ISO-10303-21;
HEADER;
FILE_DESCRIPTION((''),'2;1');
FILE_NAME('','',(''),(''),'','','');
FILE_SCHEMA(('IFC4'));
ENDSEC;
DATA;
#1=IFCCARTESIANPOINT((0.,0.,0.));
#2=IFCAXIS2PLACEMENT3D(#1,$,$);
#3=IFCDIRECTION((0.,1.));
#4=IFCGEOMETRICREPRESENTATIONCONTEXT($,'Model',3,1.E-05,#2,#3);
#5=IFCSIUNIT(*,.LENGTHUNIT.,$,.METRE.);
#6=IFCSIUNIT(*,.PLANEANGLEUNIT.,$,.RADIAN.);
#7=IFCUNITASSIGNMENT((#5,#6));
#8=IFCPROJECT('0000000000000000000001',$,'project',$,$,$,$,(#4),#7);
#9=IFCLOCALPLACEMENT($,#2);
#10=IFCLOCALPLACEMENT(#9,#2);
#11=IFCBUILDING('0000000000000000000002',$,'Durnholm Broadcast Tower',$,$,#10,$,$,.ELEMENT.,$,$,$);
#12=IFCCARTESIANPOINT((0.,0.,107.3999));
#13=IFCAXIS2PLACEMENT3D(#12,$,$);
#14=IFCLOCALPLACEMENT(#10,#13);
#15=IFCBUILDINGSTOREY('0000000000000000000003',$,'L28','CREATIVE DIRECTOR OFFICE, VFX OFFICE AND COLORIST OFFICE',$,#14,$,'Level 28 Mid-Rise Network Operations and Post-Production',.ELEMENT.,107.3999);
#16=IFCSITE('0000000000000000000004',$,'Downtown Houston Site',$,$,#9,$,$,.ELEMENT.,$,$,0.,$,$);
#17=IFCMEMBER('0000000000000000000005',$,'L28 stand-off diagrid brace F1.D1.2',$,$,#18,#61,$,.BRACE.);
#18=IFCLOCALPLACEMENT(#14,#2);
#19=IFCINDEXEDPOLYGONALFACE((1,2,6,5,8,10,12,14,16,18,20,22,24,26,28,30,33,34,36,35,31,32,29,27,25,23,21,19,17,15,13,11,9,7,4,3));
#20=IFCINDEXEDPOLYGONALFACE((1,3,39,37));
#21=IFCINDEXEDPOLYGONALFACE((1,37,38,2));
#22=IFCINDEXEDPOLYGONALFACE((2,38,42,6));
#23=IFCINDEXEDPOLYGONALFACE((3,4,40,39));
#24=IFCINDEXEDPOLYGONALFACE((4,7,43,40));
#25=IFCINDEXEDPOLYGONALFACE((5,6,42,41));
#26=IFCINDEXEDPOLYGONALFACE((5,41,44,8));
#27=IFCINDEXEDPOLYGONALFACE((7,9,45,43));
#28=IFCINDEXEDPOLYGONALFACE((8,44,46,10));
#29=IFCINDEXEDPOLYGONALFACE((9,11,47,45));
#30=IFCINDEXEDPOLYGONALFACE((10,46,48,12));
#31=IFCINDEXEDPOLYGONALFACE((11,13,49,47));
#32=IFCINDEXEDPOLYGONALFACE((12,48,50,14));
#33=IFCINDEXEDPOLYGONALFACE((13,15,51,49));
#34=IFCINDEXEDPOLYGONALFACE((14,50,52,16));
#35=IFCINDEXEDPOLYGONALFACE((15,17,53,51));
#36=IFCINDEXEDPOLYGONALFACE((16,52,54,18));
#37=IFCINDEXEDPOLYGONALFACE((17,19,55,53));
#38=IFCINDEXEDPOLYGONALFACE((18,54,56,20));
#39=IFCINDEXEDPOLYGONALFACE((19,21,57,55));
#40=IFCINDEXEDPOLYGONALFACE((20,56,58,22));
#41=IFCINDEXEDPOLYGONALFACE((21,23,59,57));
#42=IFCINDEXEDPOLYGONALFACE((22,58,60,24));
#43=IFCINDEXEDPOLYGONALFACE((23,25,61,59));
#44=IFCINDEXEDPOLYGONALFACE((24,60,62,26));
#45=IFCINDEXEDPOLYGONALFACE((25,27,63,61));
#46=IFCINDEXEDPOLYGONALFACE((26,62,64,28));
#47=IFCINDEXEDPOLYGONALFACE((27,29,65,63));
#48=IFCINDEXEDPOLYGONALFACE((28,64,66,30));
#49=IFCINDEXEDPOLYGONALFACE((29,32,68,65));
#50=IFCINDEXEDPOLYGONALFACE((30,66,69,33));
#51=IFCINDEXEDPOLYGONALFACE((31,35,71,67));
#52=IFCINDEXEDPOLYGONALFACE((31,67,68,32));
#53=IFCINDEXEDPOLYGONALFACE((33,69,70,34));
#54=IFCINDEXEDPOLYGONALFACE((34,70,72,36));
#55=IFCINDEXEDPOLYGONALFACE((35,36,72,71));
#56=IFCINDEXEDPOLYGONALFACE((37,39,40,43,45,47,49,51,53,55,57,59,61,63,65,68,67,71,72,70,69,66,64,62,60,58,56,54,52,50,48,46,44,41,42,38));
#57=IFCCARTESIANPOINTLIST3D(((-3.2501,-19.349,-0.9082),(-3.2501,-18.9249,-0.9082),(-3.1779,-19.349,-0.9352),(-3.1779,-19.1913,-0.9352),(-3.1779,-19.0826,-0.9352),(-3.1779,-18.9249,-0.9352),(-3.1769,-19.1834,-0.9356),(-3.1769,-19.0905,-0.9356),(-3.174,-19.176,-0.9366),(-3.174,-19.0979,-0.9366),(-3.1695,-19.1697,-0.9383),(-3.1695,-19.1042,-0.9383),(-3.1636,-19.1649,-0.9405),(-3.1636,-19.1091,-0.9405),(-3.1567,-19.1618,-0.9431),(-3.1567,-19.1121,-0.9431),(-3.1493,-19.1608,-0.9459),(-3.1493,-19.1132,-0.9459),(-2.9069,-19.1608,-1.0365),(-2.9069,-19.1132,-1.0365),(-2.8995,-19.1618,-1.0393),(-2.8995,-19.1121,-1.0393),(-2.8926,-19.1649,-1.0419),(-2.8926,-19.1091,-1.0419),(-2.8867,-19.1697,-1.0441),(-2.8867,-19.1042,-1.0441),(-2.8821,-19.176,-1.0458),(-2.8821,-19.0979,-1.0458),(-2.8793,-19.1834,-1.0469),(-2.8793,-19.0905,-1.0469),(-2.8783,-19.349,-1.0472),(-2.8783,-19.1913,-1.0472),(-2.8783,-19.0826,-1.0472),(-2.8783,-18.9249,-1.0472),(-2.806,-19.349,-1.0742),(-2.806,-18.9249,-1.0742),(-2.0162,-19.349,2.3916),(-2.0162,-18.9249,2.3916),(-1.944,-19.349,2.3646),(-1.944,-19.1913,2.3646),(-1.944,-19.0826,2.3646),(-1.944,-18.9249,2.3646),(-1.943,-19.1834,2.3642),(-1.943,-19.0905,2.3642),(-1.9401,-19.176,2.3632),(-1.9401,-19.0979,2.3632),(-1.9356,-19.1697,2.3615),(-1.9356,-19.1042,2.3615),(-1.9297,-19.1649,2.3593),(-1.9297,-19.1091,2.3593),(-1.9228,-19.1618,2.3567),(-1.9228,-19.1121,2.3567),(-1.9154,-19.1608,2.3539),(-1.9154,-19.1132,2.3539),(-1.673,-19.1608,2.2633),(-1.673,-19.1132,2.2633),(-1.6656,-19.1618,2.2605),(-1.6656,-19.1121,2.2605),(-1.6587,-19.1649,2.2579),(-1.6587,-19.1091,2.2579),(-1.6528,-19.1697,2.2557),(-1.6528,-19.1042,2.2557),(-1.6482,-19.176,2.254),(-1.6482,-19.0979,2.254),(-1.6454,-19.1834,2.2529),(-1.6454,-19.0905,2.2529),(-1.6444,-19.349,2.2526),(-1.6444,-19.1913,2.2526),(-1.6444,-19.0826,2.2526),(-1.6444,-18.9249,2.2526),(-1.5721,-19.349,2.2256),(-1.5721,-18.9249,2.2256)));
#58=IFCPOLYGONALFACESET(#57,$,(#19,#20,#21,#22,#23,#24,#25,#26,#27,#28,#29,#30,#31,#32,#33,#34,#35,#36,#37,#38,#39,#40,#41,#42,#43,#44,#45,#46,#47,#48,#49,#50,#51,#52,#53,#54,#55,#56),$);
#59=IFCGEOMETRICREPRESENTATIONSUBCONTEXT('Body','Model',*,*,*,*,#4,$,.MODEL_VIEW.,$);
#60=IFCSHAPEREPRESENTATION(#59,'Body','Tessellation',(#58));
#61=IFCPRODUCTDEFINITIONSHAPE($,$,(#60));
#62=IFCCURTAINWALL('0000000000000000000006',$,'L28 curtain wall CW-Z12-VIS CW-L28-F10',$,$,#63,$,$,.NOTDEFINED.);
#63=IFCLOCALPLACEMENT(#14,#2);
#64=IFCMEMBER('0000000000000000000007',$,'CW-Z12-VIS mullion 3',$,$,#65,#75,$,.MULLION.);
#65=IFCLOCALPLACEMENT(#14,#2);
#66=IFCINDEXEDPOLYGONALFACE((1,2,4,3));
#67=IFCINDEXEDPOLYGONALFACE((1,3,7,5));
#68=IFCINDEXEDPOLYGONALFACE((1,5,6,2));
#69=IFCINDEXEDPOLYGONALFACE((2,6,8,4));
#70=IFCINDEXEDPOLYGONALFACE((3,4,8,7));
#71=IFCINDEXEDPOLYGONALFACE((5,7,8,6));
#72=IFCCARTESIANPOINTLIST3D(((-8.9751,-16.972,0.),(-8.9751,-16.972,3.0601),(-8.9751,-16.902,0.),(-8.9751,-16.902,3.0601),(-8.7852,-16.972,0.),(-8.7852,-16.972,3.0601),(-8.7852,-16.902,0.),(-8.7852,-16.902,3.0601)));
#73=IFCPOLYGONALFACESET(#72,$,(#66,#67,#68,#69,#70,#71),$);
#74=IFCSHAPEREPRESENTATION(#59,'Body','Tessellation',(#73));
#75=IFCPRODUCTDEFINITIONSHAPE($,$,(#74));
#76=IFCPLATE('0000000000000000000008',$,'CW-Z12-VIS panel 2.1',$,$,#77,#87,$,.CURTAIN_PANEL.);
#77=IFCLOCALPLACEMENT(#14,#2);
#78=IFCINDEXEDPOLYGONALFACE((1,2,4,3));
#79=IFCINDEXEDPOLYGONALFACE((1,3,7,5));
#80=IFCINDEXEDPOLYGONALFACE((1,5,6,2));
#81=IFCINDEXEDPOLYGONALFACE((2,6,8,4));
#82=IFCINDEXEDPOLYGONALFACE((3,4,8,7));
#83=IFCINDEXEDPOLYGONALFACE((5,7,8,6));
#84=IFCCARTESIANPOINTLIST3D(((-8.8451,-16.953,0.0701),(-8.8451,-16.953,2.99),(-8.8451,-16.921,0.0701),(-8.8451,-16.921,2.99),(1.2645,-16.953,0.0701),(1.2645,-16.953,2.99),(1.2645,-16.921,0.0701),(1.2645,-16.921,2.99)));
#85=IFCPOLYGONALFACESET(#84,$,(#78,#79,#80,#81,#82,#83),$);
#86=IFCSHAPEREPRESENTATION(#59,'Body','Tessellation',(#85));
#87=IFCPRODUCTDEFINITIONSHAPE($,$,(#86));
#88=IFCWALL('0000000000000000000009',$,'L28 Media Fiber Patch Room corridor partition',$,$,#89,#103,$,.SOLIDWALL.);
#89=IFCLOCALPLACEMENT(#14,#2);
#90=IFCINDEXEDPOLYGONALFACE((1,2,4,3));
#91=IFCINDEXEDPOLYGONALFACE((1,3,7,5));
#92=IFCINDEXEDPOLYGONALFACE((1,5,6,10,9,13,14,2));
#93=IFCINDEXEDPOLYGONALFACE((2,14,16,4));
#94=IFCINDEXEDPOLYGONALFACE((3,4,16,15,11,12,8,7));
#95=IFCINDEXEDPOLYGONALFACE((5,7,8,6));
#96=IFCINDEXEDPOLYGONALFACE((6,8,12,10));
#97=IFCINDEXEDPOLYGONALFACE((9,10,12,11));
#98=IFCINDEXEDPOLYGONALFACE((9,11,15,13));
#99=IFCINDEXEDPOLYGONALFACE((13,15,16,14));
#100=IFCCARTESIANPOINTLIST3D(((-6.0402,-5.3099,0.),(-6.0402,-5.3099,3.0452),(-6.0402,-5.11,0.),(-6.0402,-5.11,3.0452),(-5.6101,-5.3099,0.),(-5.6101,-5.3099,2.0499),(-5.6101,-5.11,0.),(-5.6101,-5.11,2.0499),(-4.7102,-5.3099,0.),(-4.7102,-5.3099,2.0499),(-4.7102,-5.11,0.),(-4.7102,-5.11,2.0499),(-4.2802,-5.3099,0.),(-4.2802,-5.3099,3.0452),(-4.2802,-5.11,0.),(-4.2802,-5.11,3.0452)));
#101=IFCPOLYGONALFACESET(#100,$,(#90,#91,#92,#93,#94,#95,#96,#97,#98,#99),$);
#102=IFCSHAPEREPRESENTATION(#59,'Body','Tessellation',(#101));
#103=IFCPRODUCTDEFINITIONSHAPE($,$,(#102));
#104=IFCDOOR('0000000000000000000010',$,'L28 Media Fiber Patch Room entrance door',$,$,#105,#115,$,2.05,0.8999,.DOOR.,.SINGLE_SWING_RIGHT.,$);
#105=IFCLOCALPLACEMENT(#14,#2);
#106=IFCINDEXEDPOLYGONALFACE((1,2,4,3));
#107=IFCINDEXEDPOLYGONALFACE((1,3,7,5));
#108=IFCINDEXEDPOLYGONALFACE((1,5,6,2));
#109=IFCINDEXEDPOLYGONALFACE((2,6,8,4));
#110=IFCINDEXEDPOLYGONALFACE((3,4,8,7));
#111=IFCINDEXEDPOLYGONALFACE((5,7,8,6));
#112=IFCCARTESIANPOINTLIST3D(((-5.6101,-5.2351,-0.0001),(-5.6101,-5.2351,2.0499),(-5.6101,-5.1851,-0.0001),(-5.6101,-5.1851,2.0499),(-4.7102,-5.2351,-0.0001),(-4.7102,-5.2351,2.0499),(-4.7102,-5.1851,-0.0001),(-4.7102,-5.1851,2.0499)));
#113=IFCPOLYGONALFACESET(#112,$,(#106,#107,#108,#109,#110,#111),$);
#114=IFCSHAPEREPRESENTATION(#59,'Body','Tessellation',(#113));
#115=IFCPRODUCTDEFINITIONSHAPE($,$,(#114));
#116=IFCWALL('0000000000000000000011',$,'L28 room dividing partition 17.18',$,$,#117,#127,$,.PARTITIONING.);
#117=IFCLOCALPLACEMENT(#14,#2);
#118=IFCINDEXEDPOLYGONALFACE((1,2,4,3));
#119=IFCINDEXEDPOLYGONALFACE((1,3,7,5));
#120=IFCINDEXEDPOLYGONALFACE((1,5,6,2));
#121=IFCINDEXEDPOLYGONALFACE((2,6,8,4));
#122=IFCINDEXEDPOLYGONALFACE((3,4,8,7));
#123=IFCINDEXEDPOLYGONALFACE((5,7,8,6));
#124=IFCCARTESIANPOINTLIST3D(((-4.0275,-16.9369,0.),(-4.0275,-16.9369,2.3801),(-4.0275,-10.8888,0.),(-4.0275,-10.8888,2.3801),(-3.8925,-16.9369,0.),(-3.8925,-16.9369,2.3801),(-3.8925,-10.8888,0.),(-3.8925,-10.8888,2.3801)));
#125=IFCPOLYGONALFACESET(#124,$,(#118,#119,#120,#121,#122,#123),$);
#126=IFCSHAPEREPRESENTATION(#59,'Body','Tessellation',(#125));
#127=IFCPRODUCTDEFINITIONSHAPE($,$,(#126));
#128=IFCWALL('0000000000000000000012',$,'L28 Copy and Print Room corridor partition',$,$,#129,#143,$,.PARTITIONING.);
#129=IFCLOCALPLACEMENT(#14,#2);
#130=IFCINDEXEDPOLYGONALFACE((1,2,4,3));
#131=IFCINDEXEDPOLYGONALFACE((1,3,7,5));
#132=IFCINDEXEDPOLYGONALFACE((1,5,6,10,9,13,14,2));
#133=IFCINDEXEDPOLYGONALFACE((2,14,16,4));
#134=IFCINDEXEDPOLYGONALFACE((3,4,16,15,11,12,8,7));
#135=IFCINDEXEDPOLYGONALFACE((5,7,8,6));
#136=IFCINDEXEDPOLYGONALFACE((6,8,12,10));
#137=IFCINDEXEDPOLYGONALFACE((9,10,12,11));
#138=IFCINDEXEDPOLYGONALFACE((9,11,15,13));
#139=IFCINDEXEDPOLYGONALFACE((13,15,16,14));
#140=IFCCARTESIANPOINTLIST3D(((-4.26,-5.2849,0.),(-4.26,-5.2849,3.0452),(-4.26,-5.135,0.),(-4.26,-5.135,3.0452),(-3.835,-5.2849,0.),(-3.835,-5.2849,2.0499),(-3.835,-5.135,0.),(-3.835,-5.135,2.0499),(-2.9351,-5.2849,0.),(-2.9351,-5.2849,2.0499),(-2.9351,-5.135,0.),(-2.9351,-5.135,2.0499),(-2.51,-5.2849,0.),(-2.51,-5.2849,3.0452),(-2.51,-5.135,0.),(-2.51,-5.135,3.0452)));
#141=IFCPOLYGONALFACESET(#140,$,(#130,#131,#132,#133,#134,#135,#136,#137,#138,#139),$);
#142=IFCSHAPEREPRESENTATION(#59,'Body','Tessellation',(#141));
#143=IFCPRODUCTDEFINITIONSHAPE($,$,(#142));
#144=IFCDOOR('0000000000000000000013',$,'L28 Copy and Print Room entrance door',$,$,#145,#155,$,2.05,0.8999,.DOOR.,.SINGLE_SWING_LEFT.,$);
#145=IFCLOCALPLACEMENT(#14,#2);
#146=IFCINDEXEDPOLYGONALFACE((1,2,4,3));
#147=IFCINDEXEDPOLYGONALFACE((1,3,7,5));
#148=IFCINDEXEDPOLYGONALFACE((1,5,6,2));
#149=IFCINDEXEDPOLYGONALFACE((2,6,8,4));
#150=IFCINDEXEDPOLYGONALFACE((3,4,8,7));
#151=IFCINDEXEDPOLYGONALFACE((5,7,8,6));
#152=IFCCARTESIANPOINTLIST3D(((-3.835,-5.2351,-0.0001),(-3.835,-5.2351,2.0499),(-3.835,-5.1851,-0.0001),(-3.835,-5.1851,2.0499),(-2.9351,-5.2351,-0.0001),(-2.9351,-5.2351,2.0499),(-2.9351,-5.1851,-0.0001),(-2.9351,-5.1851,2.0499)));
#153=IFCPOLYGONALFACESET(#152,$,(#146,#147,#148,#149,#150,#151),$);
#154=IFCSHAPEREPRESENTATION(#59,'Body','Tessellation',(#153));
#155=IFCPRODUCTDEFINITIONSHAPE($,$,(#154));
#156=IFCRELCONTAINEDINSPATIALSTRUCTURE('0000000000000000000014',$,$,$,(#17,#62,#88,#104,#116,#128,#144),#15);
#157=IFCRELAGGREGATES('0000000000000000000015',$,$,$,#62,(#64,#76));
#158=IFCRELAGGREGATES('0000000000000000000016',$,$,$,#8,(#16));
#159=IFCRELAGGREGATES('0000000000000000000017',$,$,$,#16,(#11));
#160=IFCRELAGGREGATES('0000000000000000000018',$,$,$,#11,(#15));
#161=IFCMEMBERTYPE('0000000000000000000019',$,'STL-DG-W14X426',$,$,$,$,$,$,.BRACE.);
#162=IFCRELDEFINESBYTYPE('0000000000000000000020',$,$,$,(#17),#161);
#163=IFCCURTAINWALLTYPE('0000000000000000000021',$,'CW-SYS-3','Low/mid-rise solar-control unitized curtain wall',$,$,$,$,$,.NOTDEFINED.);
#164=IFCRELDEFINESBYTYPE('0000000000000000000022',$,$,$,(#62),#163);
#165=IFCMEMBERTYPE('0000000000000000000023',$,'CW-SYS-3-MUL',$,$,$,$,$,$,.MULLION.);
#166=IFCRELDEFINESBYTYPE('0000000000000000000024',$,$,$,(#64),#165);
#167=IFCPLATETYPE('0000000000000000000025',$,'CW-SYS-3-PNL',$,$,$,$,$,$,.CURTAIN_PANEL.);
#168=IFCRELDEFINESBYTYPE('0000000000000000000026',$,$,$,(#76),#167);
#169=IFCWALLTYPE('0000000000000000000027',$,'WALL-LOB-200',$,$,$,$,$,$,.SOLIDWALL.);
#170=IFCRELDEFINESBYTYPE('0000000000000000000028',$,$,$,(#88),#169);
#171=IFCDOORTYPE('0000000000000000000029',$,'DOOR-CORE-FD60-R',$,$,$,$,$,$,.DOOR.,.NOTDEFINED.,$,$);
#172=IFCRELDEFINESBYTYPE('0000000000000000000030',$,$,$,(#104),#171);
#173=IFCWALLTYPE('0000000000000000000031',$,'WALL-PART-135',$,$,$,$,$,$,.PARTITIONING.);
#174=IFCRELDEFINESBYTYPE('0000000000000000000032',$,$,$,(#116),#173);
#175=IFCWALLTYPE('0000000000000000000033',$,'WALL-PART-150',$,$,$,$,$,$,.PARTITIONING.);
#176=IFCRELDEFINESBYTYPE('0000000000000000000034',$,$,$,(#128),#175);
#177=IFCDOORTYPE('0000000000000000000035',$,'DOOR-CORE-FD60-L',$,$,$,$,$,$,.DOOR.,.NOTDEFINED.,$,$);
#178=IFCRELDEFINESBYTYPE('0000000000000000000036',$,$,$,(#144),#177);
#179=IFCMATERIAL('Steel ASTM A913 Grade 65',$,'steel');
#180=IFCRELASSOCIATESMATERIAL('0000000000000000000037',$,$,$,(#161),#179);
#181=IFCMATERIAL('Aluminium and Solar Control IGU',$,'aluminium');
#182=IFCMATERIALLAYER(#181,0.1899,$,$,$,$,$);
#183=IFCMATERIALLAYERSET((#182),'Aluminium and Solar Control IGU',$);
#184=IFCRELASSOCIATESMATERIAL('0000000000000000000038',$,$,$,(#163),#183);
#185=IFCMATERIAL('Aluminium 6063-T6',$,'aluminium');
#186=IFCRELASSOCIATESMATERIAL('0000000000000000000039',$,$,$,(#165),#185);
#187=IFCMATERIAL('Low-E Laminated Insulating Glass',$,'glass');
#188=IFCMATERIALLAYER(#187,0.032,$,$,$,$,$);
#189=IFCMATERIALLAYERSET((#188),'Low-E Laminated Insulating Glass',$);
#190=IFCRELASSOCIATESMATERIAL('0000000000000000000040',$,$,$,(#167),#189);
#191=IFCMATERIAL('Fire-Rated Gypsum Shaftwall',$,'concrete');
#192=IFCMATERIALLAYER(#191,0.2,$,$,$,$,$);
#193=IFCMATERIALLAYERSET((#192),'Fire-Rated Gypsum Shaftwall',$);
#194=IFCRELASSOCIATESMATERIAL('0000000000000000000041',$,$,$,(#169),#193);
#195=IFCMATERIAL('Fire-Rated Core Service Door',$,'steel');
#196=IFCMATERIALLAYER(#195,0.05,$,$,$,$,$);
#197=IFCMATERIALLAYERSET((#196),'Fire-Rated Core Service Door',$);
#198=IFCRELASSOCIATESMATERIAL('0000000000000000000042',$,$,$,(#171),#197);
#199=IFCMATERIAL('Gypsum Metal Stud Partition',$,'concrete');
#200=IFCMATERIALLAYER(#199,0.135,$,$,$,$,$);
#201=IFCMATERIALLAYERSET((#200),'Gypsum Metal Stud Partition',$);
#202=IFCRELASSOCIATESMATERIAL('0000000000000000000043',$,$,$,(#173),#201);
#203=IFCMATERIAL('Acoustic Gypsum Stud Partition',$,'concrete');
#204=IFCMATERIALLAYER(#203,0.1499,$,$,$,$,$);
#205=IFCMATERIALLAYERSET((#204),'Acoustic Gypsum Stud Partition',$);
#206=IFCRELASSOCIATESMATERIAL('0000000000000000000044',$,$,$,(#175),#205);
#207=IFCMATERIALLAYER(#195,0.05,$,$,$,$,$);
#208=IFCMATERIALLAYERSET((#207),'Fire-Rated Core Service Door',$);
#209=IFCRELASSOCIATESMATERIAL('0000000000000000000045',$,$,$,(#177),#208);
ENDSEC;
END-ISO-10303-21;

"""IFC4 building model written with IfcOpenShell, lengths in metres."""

from ifc_helpers import new_model, si_unit, direction, frame, frame_2d, origin, origin_2d, place, context, subcontext, project, spatial, rectangle, i_section, extrude, source, transform, mapped, material, layer, layer_set, material_profile, profile_set, type_object, type_shapes, element, fill, aggregate, save


model = new_model("IFC4")

# Units and contexts
model_context = context("Model", 3, precision=1e-05, world=origin(), true_north=direction((0.0, 1.0)))
body_context = subcontext(model_context, "Body", "Model", "MODEL_VIEW")
ifc_project = project(units=[si_unit("LENGTHUNIT", "METRE"), si_unit("PLANEANGLEUNIT", "RADIAN")], contexts=[model_context])

# Site, building, storey
site_placement = place(None, origin())
site = spatial("IfcSite", under=ifc_project, at=site_placement, Name="Downtown Houston Site", CompositionType="ELEMENT", RefElevation=0.0)
building_placement = place(site_placement, origin())
building = spatial("IfcBuilding", under=site, at=building_placement, Name="Durnholm Broadcast Tower", CompositionType="ELEMENT")
storey_placement = place(building_placement, frame((0.0, 0.0, 107.3999)))
storey = spatial("IfcBuildingStorey", under=building, at=storey_placement, Name="L28", Description="CREATIVE DIRECTOR OFFICE, VFX OFFICE AND COLORIST OFFICE", LongName="Level 28 Mid-Rise Network Operations and Post-Production", CompositionType="ELEMENT", Elevation=107.3999)

# Member
ifc_material_1 = material(Name="Steel ASTM A913 Grade 65", Category="steel")
ifc_material_profile_1 = material_profile(ifc_material_1, i_section(OverallWidth=0.4241, OverallDepth=0.4741, WebThickness=0.0476, FlangeThickness=0.0771, FilletRadius=0.0305, at=origin_2d()), Name="W14X426")
ifc_profile_set_1 = profile_set([ifc_material_profile_1], Name="Steel ASTM A913 Grade 65")
member_type_1 = type_object("IfcMemberType", Name="STL-DG-W14X426", PredefinedType="BRACE", material=ifc_profile_set_1)
shared_shape_1 = source(origin(), body_context, "Body", "SweptSolid", [
    extrude(i_section(OverallWidth=0.4241, OverallDepth=0.4741, WebThickness=0.0476, FlangeThickness=0.0771, FilletRadius=0.0305, at=origin_2d()), origin(), (0.0, 0.0, 1.0), 3.5229),
])
type_shapes(member_type_1, [shared_shape_1])
for number, where, z_axis, x_axis, name in (
    (1, (-3.0281, -19.137, -0.9912), (0.350242, 0.0, 0.936659), (0.0, 1.0, 0.0), "L28 stand-off diagrid brace F1.D1.2"),
):
    element("IfcMember", number, at=place(storey_placement, frame(where, z_axis=z_axis, x_axis=x_axis)), inside=storey, type_object=member_type_1, Name=name, PredefinedType="BRACE", context=body_context, shape_type="MappedRepresentation", body=[
        mapped(shared_shape_1, transform((0.0, 0.0, 0.0), x_axis=(1.0, 0.0, 0.0), y_axis=(0.0, 1.0, 0.0), z_axis=(0.0, 0.0, 1.0), scale=1.0)),
    ])

# Curtain wall, member, plate
ifc_material_2 = material(Name="Aluminium and Solar Control IGU", Category="aluminium")
ifc_layer_1 = layer(ifc_material_2, 0.1899)
ifc_layer_set_1 = layer_set([ifc_layer_1], Name="Aluminium and Solar Control IGU")
curtain_wall_type = type_object("IfcCurtainWallType", Name="CW-SYS-3", Description="Low/mid-rise solar-control unitized curtain wall", PredefinedType="NOTDEFINED", material=ifc_layer_set_1)
curtain_wall_placement = place(storey_placement, origin())
curtain_wall = element("IfcCurtainWall", 2, at=curtain_wall_placement, inside=storey, type_object=curtain_wall_type, Name="L28 curtain wall CW-Z12-VIS CW-L28-F10", PredefinedType="NOTDEFINED")
ifc_material_3 = material(Name="Aluminium 6063-T6", Category="aluminium")
ifc_material_profile_2 = material_profile(ifc_material_3, rectangle(XDim=0.0701, YDim=0.1899, at=origin_2d()), Name="CWM70X190")
ifc_profile_set_2 = profile_set([ifc_material_profile_2], Name="Aluminium 6063-T6")
member_type_2 = type_object("IfcMemberType", Name="CW-SYS-3-MUL", PredefinedType="MULLION", material=ifc_profile_set_2)
shared_shape_2 = source(origin(), body_context, "Body", "SweptSolid", [
    extrude(rectangle(XDim=0.0701, YDim=0.1899, at=origin_2d()), origin(), (0.0, 0.0, 1.0), 3.0601),
])
type_shapes(member_type_2, [shared_shape_2])
member_placement = place(storey_placement, frame((-8.8801, -16.937, 0.0), z_axis=(0.0, 0.0, 1.0), x_axis=(0.0, -1.0, 0.0)))
member = element("IfcMember", 3, at=member_placement, type_object=member_type_2, Name="CW-Z12-VIS mullion 3", PredefinedType="MULLION", context=body_context, shape_type="MappedRepresentation", body=[
    mapped(shared_shape_2, transform((0.0, 0.0, 0.0), x_axis=(1.0, 0.0, 0.0), y_axis=(0.0, 1.0, 0.0), z_axis=(0.0, 0.0, 1.0), scale=1.0)),
])
ifc_material_4 = material(Name="Low-E Laminated Insulating Glass", Category="glass")
ifc_layer_2 = layer(ifc_material_4, 0.032)
ifc_layer_set_2 = layer_set([ifc_layer_2], Name="Low-E Laminated Insulating Glass")
plate_type = type_object("IfcPlateType", Name="CW-SYS-3-PNL", PredefinedType="CURTAIN_PANEL", material=ifc_layer_set_2)
shared_shape_3 = source(origin(), body_context, "Body", "SweptSolid", [
    extrude(rectangle(XDim=10.1096, YDim=0.032, at=origin_2d()), origin(), (0.0, 0.0, 1.0), 2.9199),
])
type_shapes(plate_type, [shared_shape_3])
plate_placement = place(storey_placement, frame((-3.7903, -16.937, 0.0701), z_axis=(0.0, 0.0, 1.0), x_axis=(-1.0, 0.0, 0.0)))
plate = element("IfcPlate", 4, at=plate_placement, type_object=plate_type, Name="CW-Z12-VIS panel 2.1", PredefinedType="CURTAIN_PANEL", context=body_context, shape_type="MappedRepresentation", body=[
    mapped(shared_shape_3, transform((0.0, 0.0, 0.0), x_axis=(1.0, 0.0, 0.0), y_axis=(0.0, 1.0, 0.0), z_axis=(0.0, 0.0, 1.0), scale=1.0)),
])
aggregate(curtain_wall, [member, plate])

# Wall, opening, door
ifc_material_5 = material(Name="Fire-Rated Gypsum Shaftwall", Category="concrete")
ifc_layer_3 = layer(ifc_material_5, 0.2)
ifc_layer_set_3 = layer_set([ifc_layer_3], Name="Fire-Rated Gypsum Shaftwall")
wall_type_1 = type_object("IfcWallType", Name="WALL-LOB-200", PredefinedType="SOLIDWALL", material=ifc_layer_set_3)
wall_1_placement = place(storey_placement, frame((-6.04, -5.21, 0.0), z_axis=(0.0, 0.0, 1.0), x_axis=(1.0, 0.0, 0.0)))
wall_1 = element("IfcWall", 5, at=wall_1_placement, inside=storey, type_object=wall_type_1, Name="L28 Media Fiber Patch Room corridor partition", PredefinedType="SOLIDWALL", context=body_context, shape_type="SweptSolid", body=[
    extrude(rectangle(XDim=1.76, YDim=0.2, at=frame_2d((0.8799, 0.0))), origin(), (0.0, 0.0, 1.0), 3.0452),
])
opening_1_placement = place(wall_1_placement, frame((0.4299, 0.0, 0.0)))
opening_1 = element("IfcOpeningElement", 6, at=opening_1_placement, cuts=wall_1, PredefinedType="OPENING", context=body_context, shape_type="SweptSolid", body=[
    extrude(rectangle(XDim=0.8999, YDim=2.05, at=frame_2d((0.45, 1.0249))), frame((0.0, 0.1099, 0.0), z_axis=(0.0, -1.0, 0.0), x_axis=(1.0, 0.0, 0.0)), (0.0, 0.0, 1.0), 0.22),
])
ifc_material_6 = material(Name="Fire-Rated Core Service Door", Category="steel")
ifc_layer_4 = layer(ifc_material_6, 0.05)
ifc_layer_set_4 = layer_set([ifc_layer_4], Name="Fire-Rated Core Service Door")
door_type_1 = type_object("IfcDoorType", Name="DOOR-CORE-FD60-R", OperationType="NOTDEFINED", PredefinedType="DOOR", material=ifc_layer_set_4)
shared_shape_4 = source(origin(), body_context, "Body", "SweptSolid", [
    extrude(rectangle(XDim=0.8999, YDim=2.05, at=frame_2d((0.45, 1.0249))), frame((0.0, 0.0249, 0.0), z_axis=(0.0, -1.0, 0.0), x_axis=(1.0, 0.0, 0.0)), (0.0, 0.0, 1.0), 0.05),
])
type_shapes(door_type_1, [shared_shape_4])
door_1_placement = place(opening_1_placement, origin())
door_1 = element("IfcDoor", 7, at=door_1_placement, inside=storey, type_object=door_type_1, Name="L28 Media Fiber Patch Room entrance door", OperationType="SINGLE_SWING_RIGHT", OverallHeight=2.05, OverallWidth=0.8999, PredefinedType="DOOR", context=body_context, shape_type="MappedRepresentation", body=[
    mapped(shared_shape_4, transform((0.0, 0.0, 0.0), x_axis=(1.0, 0.0, 0.0), y_axis=(0.0, 1.0, 0.0), z_axis=(0.0, 0.0, 1.0), scale=1.0)),
])
fill(opening_1, door_1)

# Wall
ifc_material_7 = material(Name="Gypsum Metal Stud Partition", Category="concrete")
ifc_layer_5 = layer(ifc_material_7, 0.135)
ifc_layer_set_5 = layer_set([ifc_layer_5], Name="Gypsum Metal Stud Partition")
wall_type_2 = type_object("IfcWallType", Name="WALL-PART-135", PredefinedType="PARTITIONING", material=ifc_layer_set_5)
wall_2_placement = place(storey_placement, frame((-3.96, -10.8889, 0.0), z_axis=(0.0, 0.0, 1.0), x_axis=(0.0, -1.0, 0.0)))
element("IfcWall", 8, at=wall_2_placement, inside=storey, type_object=wall_type_2, Name="L28 room dividing partition 17.18", PredefinedType="PARTITIONING", context=body_context, shape_type="SweptSolid", body=[
    extrude(rectangle(XDim=6.0481, YDim=0.135, at=frame_2d((3.0239, 0.0))), origin(), (0.0, 0.0, 1.0), 2.3801),
])

# Wall, opening, door
ifc_material_8 = material(Name="Acoustic Gypsum Stud Partition", Category="concrete")
ifc_layer_6 = layer(ifc_material_8, 0.1499)
ifc_layer_set_6 = layer_set([ifc_layer_6], Name="Acoustic Gypsum Stud Partition")
wall_type_3 = type_object("IfcWallType", Name="WALL-PART-150", PredefinedType="PARTITIONING", material=ifc_layer_set_6)
wall_3_placement = place(storey_placement, frame((-4.26, -5.21, 0.0), z_axis=(0.0, 0.0, 1.0), x_axis=(1.0, 0.0, 0.0)))
wall_3 = element("IfcWall", 9, at=wall_3_placement, inside=storey, type_object=wall_type_3, Name="L28 Copy and Print Room corridor partition", PredefinedType="PARTITIONING", context=body_context, shape_type="SweptSolid", body=[
    extrude(rectangle(XDim=1.75, YDim=0.1499, at=frame_2d((0.875, 0.0))), origin(), (0.0, 0.0, 1.0), 3.0452),
])
opening_2_placement = place(wall_3_placement, frame((0.425, 0.0, 0.0)))
opening_2 = element("IfcOpeningElement", 10, at=opening_2_placement, cuts=wall_3, PredefinedType="OPENING", context=body_context, shape_type="SweptSolid", body=[
    extrude(rectangle(XDim=0.8999, YDim=2.05, at=frame_2d((0.45, 1.0249))), frame((0.0, 0.085, 0.0), z_axis=(0.0, -1.0, 0.0), x_axis=(1.0, 0.0, 0.0)), (0.0, 0.0, 1.0), 0.1699),
])
ifc_layer_7 = layer(ifc_material_6, 0.05)
ifc_layer_set_7 = layer_set([ifc_layer_7], Name="Fire-Rated Core Service Door")
door_type_2 = type_object("IfcDoorType", Name="DOOR-CORE-FD60-L", OperationType="NOTDEFINED", PredefinedType="DOOR", material=ifc_layer_set_7)
shared_shape_5 = source(origin(), body_context, "Body", "SweptSolid", [
    extrude(rectangle(XDim=0.8999, YDim=2.05, at=frame_2d((0.45, 1.0249))), frame((0.0, 0.0249, 0.0), z_axis=(0.0, -1.0, 0.0), x_axis=(1.0, 0.0, 0.0)), (0.0, 0.0, 1.0), 0.05),
])
type_shapes(door_type_2, [shared_shape_5])
door_2_placement = place(opening_2_placement, origin())
door_2 = element("IfcDoor", 11, at=door_2_placement, inside=storey, type_object=door_type_2, Name="L28 Copy and Print Room entrance door", OperationType="SINGLE_SWING_LEFT", OverallHeight=2.05, OverallWidth=0.8999, PredefinedType="DOOR", context=body_context, shape_type="MappedRepresentation", body=[
    mapped(shared_shape_5, transform((0.0, 0.0, 0.0), x_axis=(1.0, 0.0, 0.0), y_axis=(0.0, 1.0, 0.0), z_axis=(0.0, 0.0, 1.0), scale=1.0)),
])
fill(opening_2, door_2)

save(model, "model.ifc")
